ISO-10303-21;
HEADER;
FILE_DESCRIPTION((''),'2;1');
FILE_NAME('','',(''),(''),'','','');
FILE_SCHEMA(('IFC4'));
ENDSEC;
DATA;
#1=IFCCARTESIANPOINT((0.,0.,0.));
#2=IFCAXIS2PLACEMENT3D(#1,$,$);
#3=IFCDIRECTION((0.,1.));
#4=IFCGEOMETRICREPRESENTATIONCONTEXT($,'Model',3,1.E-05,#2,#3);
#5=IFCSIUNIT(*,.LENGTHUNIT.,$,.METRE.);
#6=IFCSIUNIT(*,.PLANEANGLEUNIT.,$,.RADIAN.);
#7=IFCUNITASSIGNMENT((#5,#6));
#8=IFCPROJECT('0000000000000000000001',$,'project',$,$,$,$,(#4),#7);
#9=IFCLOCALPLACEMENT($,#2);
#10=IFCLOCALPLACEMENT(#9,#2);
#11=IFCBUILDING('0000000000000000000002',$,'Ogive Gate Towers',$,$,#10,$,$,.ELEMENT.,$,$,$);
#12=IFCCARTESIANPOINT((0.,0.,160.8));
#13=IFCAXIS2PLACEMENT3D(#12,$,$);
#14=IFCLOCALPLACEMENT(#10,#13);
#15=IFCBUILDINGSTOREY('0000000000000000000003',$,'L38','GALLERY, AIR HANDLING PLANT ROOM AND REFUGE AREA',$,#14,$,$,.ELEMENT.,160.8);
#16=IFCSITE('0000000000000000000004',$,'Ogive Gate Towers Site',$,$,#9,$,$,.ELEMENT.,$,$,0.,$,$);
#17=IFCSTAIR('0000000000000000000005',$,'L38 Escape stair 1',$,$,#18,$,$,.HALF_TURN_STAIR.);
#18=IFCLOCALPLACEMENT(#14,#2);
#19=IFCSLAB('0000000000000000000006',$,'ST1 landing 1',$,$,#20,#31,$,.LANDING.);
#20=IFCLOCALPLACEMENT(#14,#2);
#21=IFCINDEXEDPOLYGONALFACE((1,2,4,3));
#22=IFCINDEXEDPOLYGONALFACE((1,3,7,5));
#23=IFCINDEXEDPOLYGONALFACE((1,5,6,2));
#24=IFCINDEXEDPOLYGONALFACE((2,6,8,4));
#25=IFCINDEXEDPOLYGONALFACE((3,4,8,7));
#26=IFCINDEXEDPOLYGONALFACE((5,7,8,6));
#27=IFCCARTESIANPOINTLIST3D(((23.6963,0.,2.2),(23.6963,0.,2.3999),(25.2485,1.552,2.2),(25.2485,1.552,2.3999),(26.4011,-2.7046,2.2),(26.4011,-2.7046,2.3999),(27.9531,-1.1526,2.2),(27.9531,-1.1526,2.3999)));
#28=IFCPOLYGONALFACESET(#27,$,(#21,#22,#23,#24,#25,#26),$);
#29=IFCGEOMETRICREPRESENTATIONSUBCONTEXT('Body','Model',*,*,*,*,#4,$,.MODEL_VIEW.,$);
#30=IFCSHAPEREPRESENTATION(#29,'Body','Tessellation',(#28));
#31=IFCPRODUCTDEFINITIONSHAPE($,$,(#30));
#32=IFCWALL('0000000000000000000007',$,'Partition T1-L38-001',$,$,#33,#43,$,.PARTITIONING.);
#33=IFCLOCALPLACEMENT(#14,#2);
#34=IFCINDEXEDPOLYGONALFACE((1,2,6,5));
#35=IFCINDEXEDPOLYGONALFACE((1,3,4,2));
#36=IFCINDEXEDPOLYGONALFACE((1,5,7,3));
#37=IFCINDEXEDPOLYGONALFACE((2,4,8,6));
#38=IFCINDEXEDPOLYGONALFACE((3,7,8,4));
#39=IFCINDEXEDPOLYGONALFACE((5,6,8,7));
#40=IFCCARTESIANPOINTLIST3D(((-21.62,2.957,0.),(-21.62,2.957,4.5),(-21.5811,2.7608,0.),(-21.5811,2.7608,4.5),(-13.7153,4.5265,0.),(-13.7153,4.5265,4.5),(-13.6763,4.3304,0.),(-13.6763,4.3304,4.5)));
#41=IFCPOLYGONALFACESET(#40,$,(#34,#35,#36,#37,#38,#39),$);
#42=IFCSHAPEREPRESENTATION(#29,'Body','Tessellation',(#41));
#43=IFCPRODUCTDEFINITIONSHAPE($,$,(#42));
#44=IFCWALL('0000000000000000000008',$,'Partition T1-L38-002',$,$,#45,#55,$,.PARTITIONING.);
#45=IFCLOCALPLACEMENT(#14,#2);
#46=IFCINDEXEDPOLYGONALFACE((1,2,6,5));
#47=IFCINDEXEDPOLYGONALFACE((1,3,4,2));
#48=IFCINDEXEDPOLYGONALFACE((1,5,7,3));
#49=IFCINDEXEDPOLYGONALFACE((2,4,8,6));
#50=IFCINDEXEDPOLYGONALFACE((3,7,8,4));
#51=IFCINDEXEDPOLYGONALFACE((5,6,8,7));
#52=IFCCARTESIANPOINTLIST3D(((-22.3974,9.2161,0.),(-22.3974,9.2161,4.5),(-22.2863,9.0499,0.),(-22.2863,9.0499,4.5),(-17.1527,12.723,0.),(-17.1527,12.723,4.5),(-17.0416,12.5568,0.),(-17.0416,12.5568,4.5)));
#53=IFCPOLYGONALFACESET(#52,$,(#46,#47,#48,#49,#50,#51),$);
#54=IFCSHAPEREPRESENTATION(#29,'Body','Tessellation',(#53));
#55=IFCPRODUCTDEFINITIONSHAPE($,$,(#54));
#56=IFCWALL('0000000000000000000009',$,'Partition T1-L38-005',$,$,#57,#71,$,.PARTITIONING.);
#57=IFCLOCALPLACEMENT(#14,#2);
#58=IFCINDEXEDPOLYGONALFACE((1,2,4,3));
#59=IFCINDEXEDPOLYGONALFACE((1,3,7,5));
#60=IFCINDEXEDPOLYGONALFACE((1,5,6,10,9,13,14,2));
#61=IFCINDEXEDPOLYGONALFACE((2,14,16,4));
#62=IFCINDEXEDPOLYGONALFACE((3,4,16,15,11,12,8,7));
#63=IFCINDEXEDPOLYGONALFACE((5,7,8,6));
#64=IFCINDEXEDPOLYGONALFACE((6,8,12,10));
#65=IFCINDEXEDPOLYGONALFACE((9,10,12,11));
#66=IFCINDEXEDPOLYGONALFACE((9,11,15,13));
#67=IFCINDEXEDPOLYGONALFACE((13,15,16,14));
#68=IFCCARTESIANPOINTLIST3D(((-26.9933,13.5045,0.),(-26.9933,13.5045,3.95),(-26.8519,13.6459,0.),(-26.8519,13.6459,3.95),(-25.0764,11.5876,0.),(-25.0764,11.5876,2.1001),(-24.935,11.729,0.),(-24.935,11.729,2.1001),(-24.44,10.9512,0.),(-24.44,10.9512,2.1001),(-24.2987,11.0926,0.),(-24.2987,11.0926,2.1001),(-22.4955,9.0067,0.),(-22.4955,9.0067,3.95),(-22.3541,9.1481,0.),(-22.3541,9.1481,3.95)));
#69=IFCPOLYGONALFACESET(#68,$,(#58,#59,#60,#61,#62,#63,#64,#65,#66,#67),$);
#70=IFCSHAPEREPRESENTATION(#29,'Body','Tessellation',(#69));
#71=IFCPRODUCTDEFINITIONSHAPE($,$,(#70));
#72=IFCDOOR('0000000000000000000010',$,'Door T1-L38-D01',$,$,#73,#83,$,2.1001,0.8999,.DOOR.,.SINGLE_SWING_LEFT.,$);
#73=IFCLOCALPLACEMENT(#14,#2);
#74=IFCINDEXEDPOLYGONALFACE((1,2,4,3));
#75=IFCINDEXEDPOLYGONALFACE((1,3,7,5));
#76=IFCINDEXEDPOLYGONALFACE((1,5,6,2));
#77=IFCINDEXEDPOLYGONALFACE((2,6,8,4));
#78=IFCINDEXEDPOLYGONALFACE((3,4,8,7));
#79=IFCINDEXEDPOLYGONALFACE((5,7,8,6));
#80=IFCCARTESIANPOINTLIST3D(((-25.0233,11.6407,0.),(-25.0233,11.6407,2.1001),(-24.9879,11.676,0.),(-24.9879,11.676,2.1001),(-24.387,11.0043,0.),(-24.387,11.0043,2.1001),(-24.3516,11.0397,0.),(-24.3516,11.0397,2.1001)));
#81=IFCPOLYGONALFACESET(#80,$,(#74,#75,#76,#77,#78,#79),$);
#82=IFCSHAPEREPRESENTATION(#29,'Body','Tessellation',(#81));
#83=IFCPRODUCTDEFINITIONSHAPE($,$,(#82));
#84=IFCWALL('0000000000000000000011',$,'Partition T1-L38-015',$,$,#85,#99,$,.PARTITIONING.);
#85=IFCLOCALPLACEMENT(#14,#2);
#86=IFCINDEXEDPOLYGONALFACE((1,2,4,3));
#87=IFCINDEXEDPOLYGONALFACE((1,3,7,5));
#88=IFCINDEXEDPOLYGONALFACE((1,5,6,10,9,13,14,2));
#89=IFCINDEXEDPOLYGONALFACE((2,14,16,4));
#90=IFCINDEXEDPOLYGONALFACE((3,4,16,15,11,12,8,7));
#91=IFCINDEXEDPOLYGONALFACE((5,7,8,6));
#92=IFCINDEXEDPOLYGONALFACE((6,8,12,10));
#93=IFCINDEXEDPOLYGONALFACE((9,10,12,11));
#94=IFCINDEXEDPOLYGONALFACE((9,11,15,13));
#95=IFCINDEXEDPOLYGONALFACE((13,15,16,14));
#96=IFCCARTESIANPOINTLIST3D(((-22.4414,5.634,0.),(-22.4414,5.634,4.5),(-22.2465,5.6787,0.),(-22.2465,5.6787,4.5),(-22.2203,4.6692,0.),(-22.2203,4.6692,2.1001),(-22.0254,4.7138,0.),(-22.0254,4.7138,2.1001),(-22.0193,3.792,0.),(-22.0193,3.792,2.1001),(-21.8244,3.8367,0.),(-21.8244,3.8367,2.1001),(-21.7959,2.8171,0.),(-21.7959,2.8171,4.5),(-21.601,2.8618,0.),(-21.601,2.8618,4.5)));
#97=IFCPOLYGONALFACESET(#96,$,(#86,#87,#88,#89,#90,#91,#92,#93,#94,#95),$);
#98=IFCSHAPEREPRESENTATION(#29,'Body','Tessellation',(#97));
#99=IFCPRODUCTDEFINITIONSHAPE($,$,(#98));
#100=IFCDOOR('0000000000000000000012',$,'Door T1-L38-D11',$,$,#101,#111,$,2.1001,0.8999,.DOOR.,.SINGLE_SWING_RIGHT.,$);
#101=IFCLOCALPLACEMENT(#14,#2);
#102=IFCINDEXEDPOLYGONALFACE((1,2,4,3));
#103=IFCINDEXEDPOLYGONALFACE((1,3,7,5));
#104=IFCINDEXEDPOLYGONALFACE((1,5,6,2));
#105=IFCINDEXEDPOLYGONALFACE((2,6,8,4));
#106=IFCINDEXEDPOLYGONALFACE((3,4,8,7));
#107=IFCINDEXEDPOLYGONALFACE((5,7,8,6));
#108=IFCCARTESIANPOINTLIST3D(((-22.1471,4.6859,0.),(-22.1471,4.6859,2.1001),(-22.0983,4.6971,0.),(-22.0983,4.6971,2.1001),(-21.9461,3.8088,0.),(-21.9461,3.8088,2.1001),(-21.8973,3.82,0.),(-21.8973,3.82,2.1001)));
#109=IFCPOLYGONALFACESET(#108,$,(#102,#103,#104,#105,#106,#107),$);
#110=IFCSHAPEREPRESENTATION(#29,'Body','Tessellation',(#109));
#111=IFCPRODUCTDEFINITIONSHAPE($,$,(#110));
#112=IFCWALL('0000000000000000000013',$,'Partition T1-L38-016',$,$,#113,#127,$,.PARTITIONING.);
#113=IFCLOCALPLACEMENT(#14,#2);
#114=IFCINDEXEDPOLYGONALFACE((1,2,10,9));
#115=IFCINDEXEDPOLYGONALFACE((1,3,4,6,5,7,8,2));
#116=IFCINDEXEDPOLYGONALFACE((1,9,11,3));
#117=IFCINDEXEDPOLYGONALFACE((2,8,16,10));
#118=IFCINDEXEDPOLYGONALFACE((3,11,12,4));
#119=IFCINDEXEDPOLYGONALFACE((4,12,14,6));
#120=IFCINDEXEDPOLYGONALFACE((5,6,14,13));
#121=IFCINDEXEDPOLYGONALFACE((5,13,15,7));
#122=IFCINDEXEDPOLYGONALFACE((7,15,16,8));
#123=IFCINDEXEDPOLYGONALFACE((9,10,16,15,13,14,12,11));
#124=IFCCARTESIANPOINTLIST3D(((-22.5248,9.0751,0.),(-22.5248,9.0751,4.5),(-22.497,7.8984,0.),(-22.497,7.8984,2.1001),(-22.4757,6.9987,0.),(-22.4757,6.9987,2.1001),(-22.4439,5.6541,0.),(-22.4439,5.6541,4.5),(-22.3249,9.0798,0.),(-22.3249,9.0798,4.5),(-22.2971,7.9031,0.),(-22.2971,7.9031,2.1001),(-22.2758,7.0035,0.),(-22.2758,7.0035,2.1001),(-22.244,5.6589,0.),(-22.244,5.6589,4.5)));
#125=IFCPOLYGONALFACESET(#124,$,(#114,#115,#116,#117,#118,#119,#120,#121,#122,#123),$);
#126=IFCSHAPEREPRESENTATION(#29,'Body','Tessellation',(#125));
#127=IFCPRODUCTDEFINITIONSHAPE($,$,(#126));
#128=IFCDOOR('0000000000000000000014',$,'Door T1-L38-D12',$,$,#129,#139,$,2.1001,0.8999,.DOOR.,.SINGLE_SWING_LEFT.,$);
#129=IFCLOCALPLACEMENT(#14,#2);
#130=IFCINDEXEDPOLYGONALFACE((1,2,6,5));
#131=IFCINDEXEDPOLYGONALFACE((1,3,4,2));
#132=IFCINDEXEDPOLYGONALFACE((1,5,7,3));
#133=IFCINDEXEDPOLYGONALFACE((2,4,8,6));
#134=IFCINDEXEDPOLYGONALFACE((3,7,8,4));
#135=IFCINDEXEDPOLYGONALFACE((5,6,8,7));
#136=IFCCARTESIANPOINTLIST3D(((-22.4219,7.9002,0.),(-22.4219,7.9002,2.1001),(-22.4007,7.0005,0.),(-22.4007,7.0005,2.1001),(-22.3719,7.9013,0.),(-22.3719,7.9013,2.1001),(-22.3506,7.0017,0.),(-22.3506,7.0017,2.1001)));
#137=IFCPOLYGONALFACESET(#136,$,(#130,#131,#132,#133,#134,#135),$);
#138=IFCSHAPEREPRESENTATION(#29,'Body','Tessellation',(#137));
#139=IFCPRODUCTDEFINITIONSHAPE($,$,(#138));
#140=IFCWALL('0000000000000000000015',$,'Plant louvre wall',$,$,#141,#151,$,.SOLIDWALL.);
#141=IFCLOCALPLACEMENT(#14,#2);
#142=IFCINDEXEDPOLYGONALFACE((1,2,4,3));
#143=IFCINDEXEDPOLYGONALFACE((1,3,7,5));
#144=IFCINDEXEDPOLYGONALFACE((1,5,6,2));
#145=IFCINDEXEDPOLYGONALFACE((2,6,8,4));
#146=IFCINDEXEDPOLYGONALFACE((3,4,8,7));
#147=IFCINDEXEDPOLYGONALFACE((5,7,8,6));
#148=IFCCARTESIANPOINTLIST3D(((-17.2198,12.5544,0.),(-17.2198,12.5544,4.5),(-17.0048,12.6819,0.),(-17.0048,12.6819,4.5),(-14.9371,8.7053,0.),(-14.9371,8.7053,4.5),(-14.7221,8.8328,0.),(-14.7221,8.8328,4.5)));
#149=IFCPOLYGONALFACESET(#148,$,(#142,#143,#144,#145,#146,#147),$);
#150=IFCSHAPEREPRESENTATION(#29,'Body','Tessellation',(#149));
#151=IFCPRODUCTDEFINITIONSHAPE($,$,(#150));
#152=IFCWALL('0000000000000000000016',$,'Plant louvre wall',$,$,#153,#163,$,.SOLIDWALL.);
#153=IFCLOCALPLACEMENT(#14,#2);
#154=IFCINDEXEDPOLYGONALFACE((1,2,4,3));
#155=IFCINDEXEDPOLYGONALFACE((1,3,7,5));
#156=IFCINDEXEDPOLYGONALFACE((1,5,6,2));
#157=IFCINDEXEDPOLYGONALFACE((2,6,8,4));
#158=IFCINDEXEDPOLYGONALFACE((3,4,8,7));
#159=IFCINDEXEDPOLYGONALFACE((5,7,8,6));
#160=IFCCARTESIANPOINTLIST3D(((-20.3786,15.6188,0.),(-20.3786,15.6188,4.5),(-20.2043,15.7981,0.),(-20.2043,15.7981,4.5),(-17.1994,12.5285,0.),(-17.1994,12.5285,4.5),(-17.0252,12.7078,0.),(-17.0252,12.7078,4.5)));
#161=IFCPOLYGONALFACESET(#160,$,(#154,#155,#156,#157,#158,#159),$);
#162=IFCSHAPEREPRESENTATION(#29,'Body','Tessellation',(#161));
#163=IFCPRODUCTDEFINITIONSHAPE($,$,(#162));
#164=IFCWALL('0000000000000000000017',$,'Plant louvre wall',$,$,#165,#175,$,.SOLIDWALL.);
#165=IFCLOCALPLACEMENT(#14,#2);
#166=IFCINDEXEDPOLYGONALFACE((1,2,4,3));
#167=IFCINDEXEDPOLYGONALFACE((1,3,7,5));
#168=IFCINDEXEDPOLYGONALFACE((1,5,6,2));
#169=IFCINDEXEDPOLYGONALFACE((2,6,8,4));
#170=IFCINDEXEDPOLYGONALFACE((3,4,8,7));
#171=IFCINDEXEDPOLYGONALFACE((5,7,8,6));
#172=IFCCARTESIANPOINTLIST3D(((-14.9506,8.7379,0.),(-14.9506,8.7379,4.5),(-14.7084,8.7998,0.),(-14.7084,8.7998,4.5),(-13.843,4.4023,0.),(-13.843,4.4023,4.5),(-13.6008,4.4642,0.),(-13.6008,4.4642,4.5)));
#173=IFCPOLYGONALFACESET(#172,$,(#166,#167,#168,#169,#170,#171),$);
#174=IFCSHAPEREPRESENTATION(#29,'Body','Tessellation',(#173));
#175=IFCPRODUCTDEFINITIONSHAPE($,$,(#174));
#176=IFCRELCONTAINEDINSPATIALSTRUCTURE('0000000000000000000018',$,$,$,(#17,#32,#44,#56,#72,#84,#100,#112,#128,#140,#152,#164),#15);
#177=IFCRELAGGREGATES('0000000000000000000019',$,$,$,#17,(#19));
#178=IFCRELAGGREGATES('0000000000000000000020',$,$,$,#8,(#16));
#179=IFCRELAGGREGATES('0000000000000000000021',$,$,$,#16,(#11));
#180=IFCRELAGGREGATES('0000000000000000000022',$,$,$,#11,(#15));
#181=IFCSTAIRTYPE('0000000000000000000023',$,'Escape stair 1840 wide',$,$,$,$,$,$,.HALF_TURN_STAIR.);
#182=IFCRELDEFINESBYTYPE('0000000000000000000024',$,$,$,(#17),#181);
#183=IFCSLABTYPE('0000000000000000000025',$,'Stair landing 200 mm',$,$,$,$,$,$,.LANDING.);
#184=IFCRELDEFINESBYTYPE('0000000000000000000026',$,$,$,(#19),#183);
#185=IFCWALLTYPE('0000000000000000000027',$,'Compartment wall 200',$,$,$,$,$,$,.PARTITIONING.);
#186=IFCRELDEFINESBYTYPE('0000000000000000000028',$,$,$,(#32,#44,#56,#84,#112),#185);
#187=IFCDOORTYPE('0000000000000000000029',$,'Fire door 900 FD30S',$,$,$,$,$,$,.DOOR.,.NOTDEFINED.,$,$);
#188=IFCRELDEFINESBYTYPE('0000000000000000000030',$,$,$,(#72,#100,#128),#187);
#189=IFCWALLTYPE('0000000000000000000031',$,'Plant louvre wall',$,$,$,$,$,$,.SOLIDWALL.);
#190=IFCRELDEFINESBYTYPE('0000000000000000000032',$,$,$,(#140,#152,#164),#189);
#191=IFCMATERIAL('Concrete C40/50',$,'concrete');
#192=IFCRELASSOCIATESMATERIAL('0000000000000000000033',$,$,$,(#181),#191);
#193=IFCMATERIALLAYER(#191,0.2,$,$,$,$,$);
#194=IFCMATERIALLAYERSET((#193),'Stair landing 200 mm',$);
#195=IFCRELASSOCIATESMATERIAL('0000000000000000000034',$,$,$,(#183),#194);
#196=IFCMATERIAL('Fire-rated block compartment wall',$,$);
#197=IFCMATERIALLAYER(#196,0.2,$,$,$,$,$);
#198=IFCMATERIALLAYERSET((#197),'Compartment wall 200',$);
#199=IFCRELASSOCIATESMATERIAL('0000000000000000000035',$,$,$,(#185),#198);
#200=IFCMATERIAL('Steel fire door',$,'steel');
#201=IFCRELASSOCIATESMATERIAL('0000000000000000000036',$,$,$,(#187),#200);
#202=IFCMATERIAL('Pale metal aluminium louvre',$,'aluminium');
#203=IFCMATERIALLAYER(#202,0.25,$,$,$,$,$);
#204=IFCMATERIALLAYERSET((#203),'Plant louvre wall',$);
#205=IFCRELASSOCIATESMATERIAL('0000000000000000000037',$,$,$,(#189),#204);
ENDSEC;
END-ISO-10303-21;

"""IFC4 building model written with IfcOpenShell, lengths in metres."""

from ifc_helpers import new_model, si_unit, direction, frame, frame_2d, origin, place, context, subcontext, project, spatial, polyline, rectangle, outline, extrude, material, layer, layer_set, type_object, element, fill, aggregate, save


model = new_model("IFC4")

# Units and contexts
model_context = context("Model", 3, precision=1e-05, world=origin(), true_north=direction((0.0, 1.0)))
body_context = subcontext(model_context, "Body", "Model", "MODEL_VIEW")
ifc_project = project(units=[si_unit("LENGTHUNIT", "METRE"), si_unit("PLANEANGLEUNIT", "RADIAN")], contexts=[model_context])

# Site, building, storey
site_placement = place(None, origin())
site = spatial("IfcSite", under=ifc_project, at=site_placement, Name="Ogive Gate Towers Site", CompositionType="ELEMENT", RefElevation=0.0)
building_placement = place(site_placement, origin())
building = spatial("IfcBuilding", under=site, at=building_placement, Name="Ogive Gate Towers", CompositionType="ELEMENT")
storey_placement = place(building_placement, frame((0.0, 0.0, 160.8)))
storey = spatial("IfcBuildingStorey", under=building, at=storey_placement, Name="L38", Description="GALLERY, AIR HANDLING PLANT ROOM AND REFUGE AREA", CompositionType="ELEMENT", Elevation=160.8)

# Shared definitions
ifc_material_1 = material(Name="Concrete C40/50", Category="concrete")

# Stair, slab
stair_type = type_object("IfcStairType", Name="Escape stair 1840 wide", PredefinedType="HALF_TURN_STAIR", material=ifc_material_1)
ifc_layer_1 = layer(ifc_material_1, 0.2)
ifc_layer_set_1 = layer_set([ifc_layer_1], Name="Stair landing 200 mm")
slab_type_1 = type_object("IfcSlabType", Name="Stair landing 200 mm", PredefinedType="LANDING", material=ifc_layer_set_1)
stair_1_placement = place(storey_placement, origin())
stair_1 = element("IfcStair", 1, at=stair_1_placement, inside=storey, type_object=stair_type, Name="L38 Escape stair 1", PredefinedType="HALF_TURN_STAIR")
slab_1_placement = place(storey_placement, frame((0.0, 0.0, 2.2)))
slab_1 = element("IfcSlab", 2, at=slab_1_placement, type_object=slab_type_1, Name="ST1 landing 1", PredefinedType="LANDING", context=body_context, shape_type="SweptSolid", body=[
    extrude(outline(polyline([(25.2485, 1.552), (23.6963, 0.0), (26.4011, -2.7046), (27.9531, -1.1526), (25.2485, 1.552)])), origin(), (0.0, 0.0, 1.0), 0.2),
])
aggregate(stair_1, [slab_1])

# Walls
ifc_material_2 = material(Name="Fire-rated block compartment wall")
ifc_layer_2 = layer(ifc_material_2, 0.2)
ifc_layer_set_2 = layer_set([ifc_layer_2], Name="Compartment wall 200")
wall_type_1 = type_object("IfcWallType", Name="Compartment wall 200", PredefinedType="PARTITIONING", material=ifc_layer_set_2)
wall_1_placement = place(storey_placement, frame((-13.6958, 4.4285, 0.0), z_axis=(0.0, 0.0, 1.0), x_axis=(-0.980851, -0.194759, 0.0)))
element("IfcWall", 3, at=wall_1_placement, inside=storey, type_object=wall_type_1, Name="Partition T1-L38-001", PredefinedType="PARTITIONING", context=body_context, shape_type="SweptSolid", body=[
    extrude(rectangle(XDim=8.0591, YDim=0.2, at=frame_2d((4.0295, 0.0))), origin(), (0.0, 0.0, 1.0), 4.5),
])
wall_2_placement = place(storey_placement, frame((-17.0972, 12.6399, 0.0), z_axis=(0.0, 0.0, 1.0), x_axis=(-0.831287, -0.555843, 0.0)))
element("IfcWall", 4, at=wall_2_placement, inside=storey, type_object=wall_type_1, Name="Partition T1-L38-002", PredefinedType="PARTITIONING", context=body_context, shape_type="SweptSolid", body=[
    extrude(rectangle(XDim=6.3091, YDim=0.2, at=frame_2d((3.1545, 0.0))), origin(), (0.0, 0.0, 1.0), 4.5),
])

# Walls, openings, doors
wall_3_placement = place(storey_placement, frame((-22.4248, 9.0774, 0.0), z_axis=(0.0, 0.0, 1.0), x_axis=(-0.707107, 0.707107, 0.0)))
wall_3 = element("IfcWall", 5, at=wall_3_placement, inside=storey, type_object=wall_type_1, Name="Partition T1-L38-005", PredefinedType="PARTITIONING", context=body_context, shape_type="SweptSolid", body=[
    extrude(rectangle(XDim=6.3608, YDim=0.2, at=frame_2d((3.1804, 0.0))), origin(), (0.0, 0.0, 1.0), 3.95),
])
opening_1_placement = place(wall_3_placement, frame((2.75, 0.0, 0.0)))
opening_1 = element("IfcOpeningElement", 6, at=opening_1_placement, cuts=wall_3, PredefinedType="OPENING", context=body_context, shape_type="SweptSolid", body=[
    extrude(rectangle(XDim=0.8999, YDim=2.1001, at=frame_2d((0.45, 1.05))), frame((0.0, 0.1099, 0.0), z_axis=(0.0, -1.0, 0.0), x_axis=(1.0, 0.0, 0.0)), (0.0, 0.0, 1.0), 0.22),
])
ifc_material_3 = material(Name="Steel fire door", Category="steel")
door_type = type_object("IfcDoorType", Name="Fire door 900 FD30S", OperationType="NOTDEFINED", PredefinedType="DOOR", material=ifc_material_3)
door_1_placement = place(opening_1_placement, origin())
door_1 = element("IfcDoor", 7, at=door_1_placement, inside=storey, type_object=door_type, Name="Door T1-L38-D01", OperationType="SINGLE_SWING_LEFT", OverallHeight=2.1001, OverallWidth=0.8999, PredefinedType="DOOR", context=body_context, shape_type="SweptSolid", body=[
    extrude(rectangle(XDim=0.8999, YDim=2.1001, at=frame_2d((0.45, 1.05))), frame((0.0, 0.0249, 0.0), z_axis=(0.0, -1.0, 0.0), x_axis=(1.0, 0.0, 0.0)), (0.0, 0.0, 1.0), 0.05),
])
fill(opening_1, door_1)
wall_4_placement = place(storey_placement, frame((-21.6985, 2.8396, 0.0), z_axis=(0.0, 0.0, 1.0), x_axis=(-0.223366, 0.974735, 0.0)))
wall_4 = element("IfcWall", 8, at=wall_4_placement, inside=storey, type_object=wall_type_1, Name="Partition T1-L38-015", PredefinedType="PARTITIONING", context=body_context, shape_type="SweptSolid", body=[
    extrude(rectangle(XDim=2.8899, YDim=0.2, at=frame_2d((1.4448, 0.0))), origin(), (0.0, 0.0, 1.0), 4.5),
])
opening_2_placement = place(wall_4_placement, frame((1.0, 0.0, 0.0)))
opening_2 = element("IfcOpeningElement", 9, at=opening_2_placement, cuts=wall_4, PredefinedType="OPENING", context=body_context, shape_type="SweptSolid", body=[
    extrude(rectangle(XDim=0.8999, YDim=2.1001, at=frame_2d((0.45, 1.05))), frame((0.0, 0.1099, 0.0), z_axis=(0.0, -1.0, 0.0), x_axis=(1.0, 0.0, 0.0)), (0.0, 0.0, 1.0), 0.22),
])
door_2_placement = place(opening_2_placement, origin())
door_2 = element("IfcDoor", 10, at=door_2_placement, inside=storey, type_object=door_type, Name="Door T1-L38-D11", OperationType="SINGLE_SWING_RIGHT", OverallHeight=2.1001, OverallWidth=0.8999, PredefinedType="DOOR", context=body_context, shape_type="SweptSolid", body=[
    extrude(rectangle(XDim=0.8999, YDim=2.1001, at=frame_2d((0.45, 1.05))), frame((0.0, 0.0249, 0.0), z_axis=(0.0, -1.0, 0.0), x_axis=(1.0, 0.0, 0.0)), (0.0, 0.0, 1.0), 0.05),
])
fill(opening_2, door_2)
wall_5_placement = place(storey_placement, frame((-22.344, 5.6565, 0.0), z_axis=(0.0, 0.0, 1.0), x_axis=(-0.023616, 0.999721, 0.0)))
wall_5 = element("IfcWall", 11, at=wall_5_placement, inside=storey, type_object=wall_type_1, Name="Partition T1-L38-016", PredefinedType="PARTITIONING", context=body_context, shape_type="SweptSolid", body=[
    extrude(rectangle(XDim=3.4219, YDim=0.2, at=frame_2d((1.7109, 0.0))), origin(), (0.0, 0.0, 1.0), 4.5),
])
opening_3_placement = place(wall_5_placement, frame((1.345, 0.0, 0.0)))
opening_3 = element("IfcOpeningElement", 12, at=opening_3_placement, cuts=wall_5, PredefinedType="OPENING", context=body_context, shape_type="SweptSolid", body=[
    extrude(rectangle(XDim=0.8999, YDim=2.1001, at=frame_2d((0.45, 1.05))), frame((0.0, 0.1099, 0.0), z_axis=(0.0, -1.0, 0.0), x_axis=(1.0, 0.0, 0.0)), (0.0, 0.0, 1.0), 0.22),
])
door_3_placement = place(opening_3_placement, origin())
door_3 = element("IfcDoor", 13, at=door_3_placement, inside=storey, type_object=door_type, Name="Door T1-L38-D12", OperationType="SINGLE_SWING_LEFT", OverallHeight=2.1001, OverallWidth=0.8999, PredefinedType="DOOR", context=body_context, shape_type="SweptSolid", body=[
    extrude(rectangle(XDim=0.8999, YDim=2.1001, at=frame_2d((0.45, 1.05))), frame((0.0, 0.0249, 0.0), z_axis=(0.0, -1.0, 0.0), x_axis=(1.0, 0.0, 0.0)), (0.0, 0.0, 1.0), 0.05),
])
fill(opening_3, door_3)

# Walls
ifc_material_4 = material(Name="Pale metal aluminium louvre", Category="aluminium")
ifc_layer_3 = layer(ifc_material_4, 0.25)
ifc_layer_set_3 = layer_set([ifc_layer_3], Name="Plant louvre wall")
wall_type_2 = type_object("IfcWallType", Name="Plant louvre wall", PredefinedType="SOLIDWALL", material=ifc_layer_set_3)
wall_6_placement = place(storey_placement, frame((-14.8296, 8.769, 0.0), z_axis=(0.0, 0.0, 1.0), x_axis=(-0.510092, 0.86012, 0.0)))
element("IfcWall", 14, at=wall_6_placement, inside=storey, type_object=wall_type_2, Name="Plant louvre wall", PredefinedType="SOLIDWALL", context=body_context, shape_type="SweptSolid", body=[
    extrude(rectangle(XDim=4.4751, YDim=0.25, at=frame_2d((2.2375, 0.0))), origin(), (0.0, 0.0, 1.0), 4.5),
])
wall_7_placement = place(storey_placement, frame((-17.1123, 12.6182, 0.0), z_axis=(0.0, 0.0, 1.0), x_axis=(-0.717058, 0.697014, 0.0)))
element("IfcWall", 15, at=wall_7_placement, inside=storey, type_object=wall_type_2, Name="Plant louvre wall", PredefinedType="SOLIDWALL", context=body_context, shape_type="SweptSolid", body=[
    extrude(rectangle(XDim=4.4336, YDim=0.25, at=frame_2d((2.2168, 0.0))), origin(), (0.0, 0.0, 1.0), 4.5),
])
wall_8_placement = place(storey_placement, frame((-13.7219, 4.4333, 0.0), z_axis=(0.0, 0.0, 1.0), x_axis=(-0.247526, 0.968881, 0.0)))
element("IfcWall", 16, at=wall_8_placement, inside=storey, type_object=wall_type_2, Name="Plant louvre wall", PredefinedType="SOLIDWALL", context=body_context, shape_type="SweptSolid", body=[
    extrude(rectangle(XDim=4.4749, YDim=0.25, at=frame_2d((2.2373, 0.0))), origin(), (0.0, 0.0, 1.0), 4.5),
])

save(model, "model.ifc")
